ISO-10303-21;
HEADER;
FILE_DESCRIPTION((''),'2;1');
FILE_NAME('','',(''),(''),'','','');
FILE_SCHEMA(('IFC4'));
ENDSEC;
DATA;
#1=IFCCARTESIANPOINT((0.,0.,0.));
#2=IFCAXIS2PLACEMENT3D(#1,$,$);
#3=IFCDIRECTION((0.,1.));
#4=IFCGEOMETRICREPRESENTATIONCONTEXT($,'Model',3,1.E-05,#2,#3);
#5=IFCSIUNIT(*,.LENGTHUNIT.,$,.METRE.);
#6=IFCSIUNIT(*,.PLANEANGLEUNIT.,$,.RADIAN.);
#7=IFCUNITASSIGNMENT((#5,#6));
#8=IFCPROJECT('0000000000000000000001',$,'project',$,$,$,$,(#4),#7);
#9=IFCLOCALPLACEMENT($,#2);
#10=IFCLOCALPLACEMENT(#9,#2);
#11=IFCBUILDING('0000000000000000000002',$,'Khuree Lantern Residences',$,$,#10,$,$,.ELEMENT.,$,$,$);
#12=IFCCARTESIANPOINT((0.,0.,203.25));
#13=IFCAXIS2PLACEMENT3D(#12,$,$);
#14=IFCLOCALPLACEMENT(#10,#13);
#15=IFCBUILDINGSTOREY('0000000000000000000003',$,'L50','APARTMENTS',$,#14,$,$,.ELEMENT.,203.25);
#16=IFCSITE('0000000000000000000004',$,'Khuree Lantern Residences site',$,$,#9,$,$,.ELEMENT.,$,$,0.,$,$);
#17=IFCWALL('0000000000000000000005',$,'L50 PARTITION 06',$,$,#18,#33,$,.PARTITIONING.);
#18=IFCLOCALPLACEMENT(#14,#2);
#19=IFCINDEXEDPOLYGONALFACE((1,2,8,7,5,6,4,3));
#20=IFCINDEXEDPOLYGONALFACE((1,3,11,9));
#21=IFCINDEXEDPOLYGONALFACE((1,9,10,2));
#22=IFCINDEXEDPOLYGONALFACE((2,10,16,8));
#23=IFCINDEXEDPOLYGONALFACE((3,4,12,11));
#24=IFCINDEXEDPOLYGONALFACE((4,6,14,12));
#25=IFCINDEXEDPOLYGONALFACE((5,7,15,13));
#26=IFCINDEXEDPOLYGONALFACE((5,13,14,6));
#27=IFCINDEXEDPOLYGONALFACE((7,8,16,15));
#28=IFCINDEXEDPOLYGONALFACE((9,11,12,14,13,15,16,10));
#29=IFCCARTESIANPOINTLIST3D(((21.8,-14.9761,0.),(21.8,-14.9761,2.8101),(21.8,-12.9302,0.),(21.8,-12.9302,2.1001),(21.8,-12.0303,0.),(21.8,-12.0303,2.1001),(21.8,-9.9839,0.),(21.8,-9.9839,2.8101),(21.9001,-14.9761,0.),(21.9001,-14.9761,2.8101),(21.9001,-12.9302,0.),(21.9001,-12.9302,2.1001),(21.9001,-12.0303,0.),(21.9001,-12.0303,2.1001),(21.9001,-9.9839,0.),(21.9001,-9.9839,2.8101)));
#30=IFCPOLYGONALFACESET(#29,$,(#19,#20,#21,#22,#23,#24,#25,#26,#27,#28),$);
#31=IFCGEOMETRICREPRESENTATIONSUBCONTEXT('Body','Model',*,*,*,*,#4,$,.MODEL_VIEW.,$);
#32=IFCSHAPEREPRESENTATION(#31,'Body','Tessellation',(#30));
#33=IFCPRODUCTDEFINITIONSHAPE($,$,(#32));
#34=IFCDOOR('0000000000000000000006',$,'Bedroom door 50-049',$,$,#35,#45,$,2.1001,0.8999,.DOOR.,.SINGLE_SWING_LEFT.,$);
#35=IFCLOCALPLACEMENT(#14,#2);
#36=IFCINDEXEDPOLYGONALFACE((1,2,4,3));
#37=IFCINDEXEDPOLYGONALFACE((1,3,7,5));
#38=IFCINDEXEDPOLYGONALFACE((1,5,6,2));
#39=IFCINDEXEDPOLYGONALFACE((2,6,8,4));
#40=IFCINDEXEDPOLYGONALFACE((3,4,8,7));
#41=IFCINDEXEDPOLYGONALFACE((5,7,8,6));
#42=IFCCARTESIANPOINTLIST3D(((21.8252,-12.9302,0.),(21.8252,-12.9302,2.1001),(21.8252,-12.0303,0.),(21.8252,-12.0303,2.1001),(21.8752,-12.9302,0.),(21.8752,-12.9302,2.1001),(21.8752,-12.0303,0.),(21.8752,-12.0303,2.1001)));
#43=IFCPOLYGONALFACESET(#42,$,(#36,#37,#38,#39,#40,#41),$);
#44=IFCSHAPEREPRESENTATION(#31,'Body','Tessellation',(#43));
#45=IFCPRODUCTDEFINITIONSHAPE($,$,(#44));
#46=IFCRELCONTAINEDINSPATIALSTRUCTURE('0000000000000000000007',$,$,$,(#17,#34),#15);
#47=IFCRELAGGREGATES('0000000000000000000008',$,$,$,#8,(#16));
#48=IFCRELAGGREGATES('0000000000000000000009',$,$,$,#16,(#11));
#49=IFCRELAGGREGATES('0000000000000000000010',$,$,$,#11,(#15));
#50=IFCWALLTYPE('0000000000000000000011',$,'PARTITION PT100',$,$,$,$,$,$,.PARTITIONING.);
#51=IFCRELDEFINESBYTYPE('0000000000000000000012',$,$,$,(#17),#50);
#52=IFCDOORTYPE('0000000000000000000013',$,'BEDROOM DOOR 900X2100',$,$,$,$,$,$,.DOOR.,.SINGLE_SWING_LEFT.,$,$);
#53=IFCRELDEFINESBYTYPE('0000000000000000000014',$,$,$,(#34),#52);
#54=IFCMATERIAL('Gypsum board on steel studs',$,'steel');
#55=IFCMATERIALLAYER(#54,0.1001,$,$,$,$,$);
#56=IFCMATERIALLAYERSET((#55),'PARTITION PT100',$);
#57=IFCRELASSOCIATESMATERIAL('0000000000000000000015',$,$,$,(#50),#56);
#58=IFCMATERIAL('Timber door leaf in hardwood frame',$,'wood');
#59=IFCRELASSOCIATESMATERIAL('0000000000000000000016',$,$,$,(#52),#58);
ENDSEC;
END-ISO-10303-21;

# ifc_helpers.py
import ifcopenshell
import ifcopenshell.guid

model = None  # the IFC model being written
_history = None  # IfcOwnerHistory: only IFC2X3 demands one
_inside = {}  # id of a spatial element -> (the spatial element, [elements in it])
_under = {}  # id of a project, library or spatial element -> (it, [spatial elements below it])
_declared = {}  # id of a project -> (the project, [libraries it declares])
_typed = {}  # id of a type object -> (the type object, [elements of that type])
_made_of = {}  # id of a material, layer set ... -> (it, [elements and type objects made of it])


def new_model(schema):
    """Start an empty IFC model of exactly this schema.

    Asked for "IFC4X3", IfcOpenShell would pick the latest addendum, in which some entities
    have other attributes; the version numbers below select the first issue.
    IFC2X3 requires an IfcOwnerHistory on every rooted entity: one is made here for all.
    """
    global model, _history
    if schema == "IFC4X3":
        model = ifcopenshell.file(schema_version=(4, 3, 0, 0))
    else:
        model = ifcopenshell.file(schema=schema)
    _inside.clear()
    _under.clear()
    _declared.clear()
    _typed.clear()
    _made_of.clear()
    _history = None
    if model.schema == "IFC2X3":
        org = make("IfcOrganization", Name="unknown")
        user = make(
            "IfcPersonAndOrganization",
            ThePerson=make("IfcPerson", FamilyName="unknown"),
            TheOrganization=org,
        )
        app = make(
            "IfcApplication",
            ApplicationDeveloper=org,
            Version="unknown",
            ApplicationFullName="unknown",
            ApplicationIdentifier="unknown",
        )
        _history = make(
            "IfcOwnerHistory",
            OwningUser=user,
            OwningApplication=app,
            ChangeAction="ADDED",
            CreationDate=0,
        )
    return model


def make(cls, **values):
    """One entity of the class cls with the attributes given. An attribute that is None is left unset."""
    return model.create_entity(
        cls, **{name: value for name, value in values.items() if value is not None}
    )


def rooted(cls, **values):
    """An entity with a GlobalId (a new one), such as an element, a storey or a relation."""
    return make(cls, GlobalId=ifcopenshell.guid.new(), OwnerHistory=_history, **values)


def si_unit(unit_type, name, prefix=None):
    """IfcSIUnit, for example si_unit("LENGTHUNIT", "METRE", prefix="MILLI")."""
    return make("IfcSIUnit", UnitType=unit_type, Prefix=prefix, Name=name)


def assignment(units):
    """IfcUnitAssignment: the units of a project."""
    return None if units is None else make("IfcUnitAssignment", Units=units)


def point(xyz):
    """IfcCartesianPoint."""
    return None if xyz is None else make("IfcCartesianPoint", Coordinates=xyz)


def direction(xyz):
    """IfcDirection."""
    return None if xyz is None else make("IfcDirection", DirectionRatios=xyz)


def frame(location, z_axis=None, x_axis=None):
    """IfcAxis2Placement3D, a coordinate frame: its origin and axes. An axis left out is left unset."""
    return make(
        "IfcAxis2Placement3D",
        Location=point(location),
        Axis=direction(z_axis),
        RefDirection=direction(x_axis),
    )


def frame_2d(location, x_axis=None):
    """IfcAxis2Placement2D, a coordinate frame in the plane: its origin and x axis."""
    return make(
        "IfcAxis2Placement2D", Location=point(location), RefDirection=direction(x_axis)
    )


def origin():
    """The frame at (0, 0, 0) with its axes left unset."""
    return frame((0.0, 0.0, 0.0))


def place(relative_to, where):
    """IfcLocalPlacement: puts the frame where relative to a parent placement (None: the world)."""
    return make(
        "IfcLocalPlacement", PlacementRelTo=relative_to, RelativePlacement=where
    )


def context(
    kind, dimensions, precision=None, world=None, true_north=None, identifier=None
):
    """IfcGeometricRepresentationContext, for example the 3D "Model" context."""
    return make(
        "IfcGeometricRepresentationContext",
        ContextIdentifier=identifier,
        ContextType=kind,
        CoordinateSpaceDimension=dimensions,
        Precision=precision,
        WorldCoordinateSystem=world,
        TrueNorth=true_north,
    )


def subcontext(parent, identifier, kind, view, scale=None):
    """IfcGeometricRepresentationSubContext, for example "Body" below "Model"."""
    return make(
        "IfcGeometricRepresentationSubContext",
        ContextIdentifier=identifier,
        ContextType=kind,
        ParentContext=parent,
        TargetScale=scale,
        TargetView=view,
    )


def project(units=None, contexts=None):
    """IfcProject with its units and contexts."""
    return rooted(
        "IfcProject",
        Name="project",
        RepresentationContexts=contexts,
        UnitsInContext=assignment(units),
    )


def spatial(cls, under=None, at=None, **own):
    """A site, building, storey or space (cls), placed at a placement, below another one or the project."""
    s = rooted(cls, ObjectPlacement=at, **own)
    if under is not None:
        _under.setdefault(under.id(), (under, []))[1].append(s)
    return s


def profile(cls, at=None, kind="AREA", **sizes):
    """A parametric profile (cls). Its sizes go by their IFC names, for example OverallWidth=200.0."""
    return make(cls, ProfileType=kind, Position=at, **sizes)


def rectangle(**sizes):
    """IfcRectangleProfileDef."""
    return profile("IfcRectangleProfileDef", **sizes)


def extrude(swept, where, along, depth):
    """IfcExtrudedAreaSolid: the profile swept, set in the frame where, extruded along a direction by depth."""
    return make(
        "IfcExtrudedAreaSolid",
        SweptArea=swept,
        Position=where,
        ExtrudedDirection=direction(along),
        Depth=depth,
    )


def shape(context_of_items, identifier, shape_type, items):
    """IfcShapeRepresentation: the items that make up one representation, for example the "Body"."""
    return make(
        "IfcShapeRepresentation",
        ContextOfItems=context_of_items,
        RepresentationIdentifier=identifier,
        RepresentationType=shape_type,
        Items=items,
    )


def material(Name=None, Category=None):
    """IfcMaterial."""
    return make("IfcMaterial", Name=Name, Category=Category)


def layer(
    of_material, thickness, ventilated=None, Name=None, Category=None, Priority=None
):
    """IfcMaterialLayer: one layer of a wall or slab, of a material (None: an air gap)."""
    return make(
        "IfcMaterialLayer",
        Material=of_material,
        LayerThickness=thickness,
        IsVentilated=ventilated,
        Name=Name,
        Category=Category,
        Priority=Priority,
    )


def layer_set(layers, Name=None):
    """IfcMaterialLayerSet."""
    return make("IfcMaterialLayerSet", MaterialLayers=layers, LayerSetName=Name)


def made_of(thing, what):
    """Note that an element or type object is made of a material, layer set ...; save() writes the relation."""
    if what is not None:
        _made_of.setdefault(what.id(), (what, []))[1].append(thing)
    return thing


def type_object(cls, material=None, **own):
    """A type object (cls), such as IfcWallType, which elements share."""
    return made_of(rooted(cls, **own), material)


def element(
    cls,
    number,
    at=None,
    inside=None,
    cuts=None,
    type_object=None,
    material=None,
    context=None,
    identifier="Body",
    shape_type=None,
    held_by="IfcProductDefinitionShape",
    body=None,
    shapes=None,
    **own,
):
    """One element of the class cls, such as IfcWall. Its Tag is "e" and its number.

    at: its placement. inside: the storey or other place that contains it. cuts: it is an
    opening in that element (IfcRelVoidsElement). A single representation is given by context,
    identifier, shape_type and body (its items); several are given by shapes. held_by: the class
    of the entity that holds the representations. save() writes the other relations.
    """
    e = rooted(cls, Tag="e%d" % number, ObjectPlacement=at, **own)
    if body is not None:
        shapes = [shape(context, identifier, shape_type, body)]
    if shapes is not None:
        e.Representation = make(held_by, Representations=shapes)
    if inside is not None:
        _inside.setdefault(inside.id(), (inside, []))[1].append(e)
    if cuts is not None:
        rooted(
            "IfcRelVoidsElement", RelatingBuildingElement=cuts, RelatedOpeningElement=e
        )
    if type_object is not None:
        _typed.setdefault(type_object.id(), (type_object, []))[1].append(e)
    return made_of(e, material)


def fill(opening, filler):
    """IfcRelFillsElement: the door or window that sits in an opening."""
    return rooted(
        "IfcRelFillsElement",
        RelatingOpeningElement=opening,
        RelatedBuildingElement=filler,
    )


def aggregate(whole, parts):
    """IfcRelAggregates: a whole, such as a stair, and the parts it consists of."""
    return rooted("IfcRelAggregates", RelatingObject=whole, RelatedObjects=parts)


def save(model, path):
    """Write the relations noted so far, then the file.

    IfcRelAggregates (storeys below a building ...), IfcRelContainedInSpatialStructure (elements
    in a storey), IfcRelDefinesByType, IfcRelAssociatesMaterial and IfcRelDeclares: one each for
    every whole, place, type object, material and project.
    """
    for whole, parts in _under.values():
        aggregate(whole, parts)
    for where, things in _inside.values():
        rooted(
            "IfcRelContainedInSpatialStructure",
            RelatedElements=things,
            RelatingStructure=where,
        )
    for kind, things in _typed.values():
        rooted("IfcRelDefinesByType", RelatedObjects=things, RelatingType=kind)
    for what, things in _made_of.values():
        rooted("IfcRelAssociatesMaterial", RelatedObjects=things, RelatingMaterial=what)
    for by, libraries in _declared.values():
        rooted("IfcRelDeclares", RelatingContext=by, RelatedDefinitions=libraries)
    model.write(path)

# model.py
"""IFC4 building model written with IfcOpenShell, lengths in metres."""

from ifc_helpers import new_model, si_unit, direction, frame, frame_2d, origin, place, context, subcontext, project, spatial, rectangle, extrude, material, layer, layer_set, type_object, element, fill, save


model = new_model("IFC4")

# Units and contexts
model_context = context("Model", 3, precision=1e-05, world=origin(), true_north=direction((0.0, 1.0)))
body_context = subcontext(model_context, "Body", "Model", "MODEL_VIEW")
ifc_project = project(units=[si_unit("LENGTHUNIT", "METRE"), si_unit("PLANEANGLEUNIT", "RADIAN")], contexts=[model_context])

# Site, building, storey
site_placement = place(None, origin())
site = spatial("IfcSite", under=ifc_project, at=site_placement, Name="Khuree Lantern Residences site", CompositionType="ELEMENT", RefElevation=0.0)
building_placement = place(site_placement, origin())
building = spatial("IfcBuilding", under=site, at=building_placement, Name="Khuree Lantern Residences", CompositionType="ELEMENT")
storey_placement = place(building_placement, frame((0.0, 0.0, 203.25)))
storey = spatial("IfcBuildingStorey", under=building, at=storey_placement, Name="L50", Description="APARTMENTS", CompositionType="ELEMENT", Elevation=203.25)

# Shared definitions
ifc_material_1 = material(Name="Timber door leaf in hardwood frame", Category="wood")

# Shared definitions
ifc_material_2 = material(Name="Gypsum board on steel studs", Category="steel")

# Shared definitions
ifc_layer_1 = layer(ifc_material_2, 0.1001)
ifc_layer_set_1 = layer_set([ifc_layer_1], Name="PARTITION PT100")
wall_type_1 = type_object("IfcWallType", Name="PARTITION PT100", PredefinedType="PARTITIONING", material=ifc_layer_set_1)

# Wall, opening, door
door_type_1 = type_object("IfcDoorType", Name="BEDROOM DOOR 900X2100", OperationType="SINGLE_SWING_LEFT", PredefinedType="DOOR", material=ifc_material_1)
wall_1_placement = place(storey_placement, frame((21.8501, -14.9761, 0.0), z_axis=(0.0, 0.0, 1.0), x_axis=(0.0, 1.0, 0.0)))
wall_1 = element("IfcWall", 1, at=wall_1_placement, inside=storey, type_object=wall_type_1, Name="L50 PARTITION 06", PredefinedType="PARTITIONING", context=body_context, shape_type="SweptSolid", body=[
    extrude(rectangle(XDim=4.9922, YDim=0.1001, at=frame_2d((2.4961, 0.0))), origin(), (0.0, 0.0, 1.0), 2.8101),
])
opening_1_placement = place(wall_1_placement, frame((2.0459, 0.0, 0.0)))
opening_1 = element("IfcOpeningElement", 2, at=opening_1_placement, cuts=wall_1, PredefinedType="OPENING", context=body_context, shape_type="SweptSolid", body=[
    extrude(rectangle(XDim=0.8999, YDim=2.1001, at=frame_2d((0.45, 1.05))), frame((0.0, 0.0601, 0.0), z_axis=(0.0, -1.0, 0.0), x_axis=(1.0, 0.0, 0.0)), (0.0, 0.0, 1.0), 0.1201),
])
door_1_placement = place(opening_1_placement, origin())
door_1 = element("IfcDoor", 3, at=door_1_placement, inside=storey, type_object=door_type_1, Name="Bedroom door 50-049", OperationType="SINGLE_SWING_LEFT", OverallHeight=2.1001, OverallWidth=0.8999, PredefinedType="DOOR", context=body_context, shape_type="SweptSolid", body=[
    extrude(rectangle(XDim=0.8999, YDim=2.1001, at=frame_2d((0.45, 1.05))), frame((0.0, 0.0249, 0.0), z_axis=(0.0, -1.0, 0.0), x_axis=(1.0, 0.0, 0.0)), (0.0, 0.0, 1.0), 0.05),
])
fill(opening_1, door_1)

save(model, "model.ifc")
